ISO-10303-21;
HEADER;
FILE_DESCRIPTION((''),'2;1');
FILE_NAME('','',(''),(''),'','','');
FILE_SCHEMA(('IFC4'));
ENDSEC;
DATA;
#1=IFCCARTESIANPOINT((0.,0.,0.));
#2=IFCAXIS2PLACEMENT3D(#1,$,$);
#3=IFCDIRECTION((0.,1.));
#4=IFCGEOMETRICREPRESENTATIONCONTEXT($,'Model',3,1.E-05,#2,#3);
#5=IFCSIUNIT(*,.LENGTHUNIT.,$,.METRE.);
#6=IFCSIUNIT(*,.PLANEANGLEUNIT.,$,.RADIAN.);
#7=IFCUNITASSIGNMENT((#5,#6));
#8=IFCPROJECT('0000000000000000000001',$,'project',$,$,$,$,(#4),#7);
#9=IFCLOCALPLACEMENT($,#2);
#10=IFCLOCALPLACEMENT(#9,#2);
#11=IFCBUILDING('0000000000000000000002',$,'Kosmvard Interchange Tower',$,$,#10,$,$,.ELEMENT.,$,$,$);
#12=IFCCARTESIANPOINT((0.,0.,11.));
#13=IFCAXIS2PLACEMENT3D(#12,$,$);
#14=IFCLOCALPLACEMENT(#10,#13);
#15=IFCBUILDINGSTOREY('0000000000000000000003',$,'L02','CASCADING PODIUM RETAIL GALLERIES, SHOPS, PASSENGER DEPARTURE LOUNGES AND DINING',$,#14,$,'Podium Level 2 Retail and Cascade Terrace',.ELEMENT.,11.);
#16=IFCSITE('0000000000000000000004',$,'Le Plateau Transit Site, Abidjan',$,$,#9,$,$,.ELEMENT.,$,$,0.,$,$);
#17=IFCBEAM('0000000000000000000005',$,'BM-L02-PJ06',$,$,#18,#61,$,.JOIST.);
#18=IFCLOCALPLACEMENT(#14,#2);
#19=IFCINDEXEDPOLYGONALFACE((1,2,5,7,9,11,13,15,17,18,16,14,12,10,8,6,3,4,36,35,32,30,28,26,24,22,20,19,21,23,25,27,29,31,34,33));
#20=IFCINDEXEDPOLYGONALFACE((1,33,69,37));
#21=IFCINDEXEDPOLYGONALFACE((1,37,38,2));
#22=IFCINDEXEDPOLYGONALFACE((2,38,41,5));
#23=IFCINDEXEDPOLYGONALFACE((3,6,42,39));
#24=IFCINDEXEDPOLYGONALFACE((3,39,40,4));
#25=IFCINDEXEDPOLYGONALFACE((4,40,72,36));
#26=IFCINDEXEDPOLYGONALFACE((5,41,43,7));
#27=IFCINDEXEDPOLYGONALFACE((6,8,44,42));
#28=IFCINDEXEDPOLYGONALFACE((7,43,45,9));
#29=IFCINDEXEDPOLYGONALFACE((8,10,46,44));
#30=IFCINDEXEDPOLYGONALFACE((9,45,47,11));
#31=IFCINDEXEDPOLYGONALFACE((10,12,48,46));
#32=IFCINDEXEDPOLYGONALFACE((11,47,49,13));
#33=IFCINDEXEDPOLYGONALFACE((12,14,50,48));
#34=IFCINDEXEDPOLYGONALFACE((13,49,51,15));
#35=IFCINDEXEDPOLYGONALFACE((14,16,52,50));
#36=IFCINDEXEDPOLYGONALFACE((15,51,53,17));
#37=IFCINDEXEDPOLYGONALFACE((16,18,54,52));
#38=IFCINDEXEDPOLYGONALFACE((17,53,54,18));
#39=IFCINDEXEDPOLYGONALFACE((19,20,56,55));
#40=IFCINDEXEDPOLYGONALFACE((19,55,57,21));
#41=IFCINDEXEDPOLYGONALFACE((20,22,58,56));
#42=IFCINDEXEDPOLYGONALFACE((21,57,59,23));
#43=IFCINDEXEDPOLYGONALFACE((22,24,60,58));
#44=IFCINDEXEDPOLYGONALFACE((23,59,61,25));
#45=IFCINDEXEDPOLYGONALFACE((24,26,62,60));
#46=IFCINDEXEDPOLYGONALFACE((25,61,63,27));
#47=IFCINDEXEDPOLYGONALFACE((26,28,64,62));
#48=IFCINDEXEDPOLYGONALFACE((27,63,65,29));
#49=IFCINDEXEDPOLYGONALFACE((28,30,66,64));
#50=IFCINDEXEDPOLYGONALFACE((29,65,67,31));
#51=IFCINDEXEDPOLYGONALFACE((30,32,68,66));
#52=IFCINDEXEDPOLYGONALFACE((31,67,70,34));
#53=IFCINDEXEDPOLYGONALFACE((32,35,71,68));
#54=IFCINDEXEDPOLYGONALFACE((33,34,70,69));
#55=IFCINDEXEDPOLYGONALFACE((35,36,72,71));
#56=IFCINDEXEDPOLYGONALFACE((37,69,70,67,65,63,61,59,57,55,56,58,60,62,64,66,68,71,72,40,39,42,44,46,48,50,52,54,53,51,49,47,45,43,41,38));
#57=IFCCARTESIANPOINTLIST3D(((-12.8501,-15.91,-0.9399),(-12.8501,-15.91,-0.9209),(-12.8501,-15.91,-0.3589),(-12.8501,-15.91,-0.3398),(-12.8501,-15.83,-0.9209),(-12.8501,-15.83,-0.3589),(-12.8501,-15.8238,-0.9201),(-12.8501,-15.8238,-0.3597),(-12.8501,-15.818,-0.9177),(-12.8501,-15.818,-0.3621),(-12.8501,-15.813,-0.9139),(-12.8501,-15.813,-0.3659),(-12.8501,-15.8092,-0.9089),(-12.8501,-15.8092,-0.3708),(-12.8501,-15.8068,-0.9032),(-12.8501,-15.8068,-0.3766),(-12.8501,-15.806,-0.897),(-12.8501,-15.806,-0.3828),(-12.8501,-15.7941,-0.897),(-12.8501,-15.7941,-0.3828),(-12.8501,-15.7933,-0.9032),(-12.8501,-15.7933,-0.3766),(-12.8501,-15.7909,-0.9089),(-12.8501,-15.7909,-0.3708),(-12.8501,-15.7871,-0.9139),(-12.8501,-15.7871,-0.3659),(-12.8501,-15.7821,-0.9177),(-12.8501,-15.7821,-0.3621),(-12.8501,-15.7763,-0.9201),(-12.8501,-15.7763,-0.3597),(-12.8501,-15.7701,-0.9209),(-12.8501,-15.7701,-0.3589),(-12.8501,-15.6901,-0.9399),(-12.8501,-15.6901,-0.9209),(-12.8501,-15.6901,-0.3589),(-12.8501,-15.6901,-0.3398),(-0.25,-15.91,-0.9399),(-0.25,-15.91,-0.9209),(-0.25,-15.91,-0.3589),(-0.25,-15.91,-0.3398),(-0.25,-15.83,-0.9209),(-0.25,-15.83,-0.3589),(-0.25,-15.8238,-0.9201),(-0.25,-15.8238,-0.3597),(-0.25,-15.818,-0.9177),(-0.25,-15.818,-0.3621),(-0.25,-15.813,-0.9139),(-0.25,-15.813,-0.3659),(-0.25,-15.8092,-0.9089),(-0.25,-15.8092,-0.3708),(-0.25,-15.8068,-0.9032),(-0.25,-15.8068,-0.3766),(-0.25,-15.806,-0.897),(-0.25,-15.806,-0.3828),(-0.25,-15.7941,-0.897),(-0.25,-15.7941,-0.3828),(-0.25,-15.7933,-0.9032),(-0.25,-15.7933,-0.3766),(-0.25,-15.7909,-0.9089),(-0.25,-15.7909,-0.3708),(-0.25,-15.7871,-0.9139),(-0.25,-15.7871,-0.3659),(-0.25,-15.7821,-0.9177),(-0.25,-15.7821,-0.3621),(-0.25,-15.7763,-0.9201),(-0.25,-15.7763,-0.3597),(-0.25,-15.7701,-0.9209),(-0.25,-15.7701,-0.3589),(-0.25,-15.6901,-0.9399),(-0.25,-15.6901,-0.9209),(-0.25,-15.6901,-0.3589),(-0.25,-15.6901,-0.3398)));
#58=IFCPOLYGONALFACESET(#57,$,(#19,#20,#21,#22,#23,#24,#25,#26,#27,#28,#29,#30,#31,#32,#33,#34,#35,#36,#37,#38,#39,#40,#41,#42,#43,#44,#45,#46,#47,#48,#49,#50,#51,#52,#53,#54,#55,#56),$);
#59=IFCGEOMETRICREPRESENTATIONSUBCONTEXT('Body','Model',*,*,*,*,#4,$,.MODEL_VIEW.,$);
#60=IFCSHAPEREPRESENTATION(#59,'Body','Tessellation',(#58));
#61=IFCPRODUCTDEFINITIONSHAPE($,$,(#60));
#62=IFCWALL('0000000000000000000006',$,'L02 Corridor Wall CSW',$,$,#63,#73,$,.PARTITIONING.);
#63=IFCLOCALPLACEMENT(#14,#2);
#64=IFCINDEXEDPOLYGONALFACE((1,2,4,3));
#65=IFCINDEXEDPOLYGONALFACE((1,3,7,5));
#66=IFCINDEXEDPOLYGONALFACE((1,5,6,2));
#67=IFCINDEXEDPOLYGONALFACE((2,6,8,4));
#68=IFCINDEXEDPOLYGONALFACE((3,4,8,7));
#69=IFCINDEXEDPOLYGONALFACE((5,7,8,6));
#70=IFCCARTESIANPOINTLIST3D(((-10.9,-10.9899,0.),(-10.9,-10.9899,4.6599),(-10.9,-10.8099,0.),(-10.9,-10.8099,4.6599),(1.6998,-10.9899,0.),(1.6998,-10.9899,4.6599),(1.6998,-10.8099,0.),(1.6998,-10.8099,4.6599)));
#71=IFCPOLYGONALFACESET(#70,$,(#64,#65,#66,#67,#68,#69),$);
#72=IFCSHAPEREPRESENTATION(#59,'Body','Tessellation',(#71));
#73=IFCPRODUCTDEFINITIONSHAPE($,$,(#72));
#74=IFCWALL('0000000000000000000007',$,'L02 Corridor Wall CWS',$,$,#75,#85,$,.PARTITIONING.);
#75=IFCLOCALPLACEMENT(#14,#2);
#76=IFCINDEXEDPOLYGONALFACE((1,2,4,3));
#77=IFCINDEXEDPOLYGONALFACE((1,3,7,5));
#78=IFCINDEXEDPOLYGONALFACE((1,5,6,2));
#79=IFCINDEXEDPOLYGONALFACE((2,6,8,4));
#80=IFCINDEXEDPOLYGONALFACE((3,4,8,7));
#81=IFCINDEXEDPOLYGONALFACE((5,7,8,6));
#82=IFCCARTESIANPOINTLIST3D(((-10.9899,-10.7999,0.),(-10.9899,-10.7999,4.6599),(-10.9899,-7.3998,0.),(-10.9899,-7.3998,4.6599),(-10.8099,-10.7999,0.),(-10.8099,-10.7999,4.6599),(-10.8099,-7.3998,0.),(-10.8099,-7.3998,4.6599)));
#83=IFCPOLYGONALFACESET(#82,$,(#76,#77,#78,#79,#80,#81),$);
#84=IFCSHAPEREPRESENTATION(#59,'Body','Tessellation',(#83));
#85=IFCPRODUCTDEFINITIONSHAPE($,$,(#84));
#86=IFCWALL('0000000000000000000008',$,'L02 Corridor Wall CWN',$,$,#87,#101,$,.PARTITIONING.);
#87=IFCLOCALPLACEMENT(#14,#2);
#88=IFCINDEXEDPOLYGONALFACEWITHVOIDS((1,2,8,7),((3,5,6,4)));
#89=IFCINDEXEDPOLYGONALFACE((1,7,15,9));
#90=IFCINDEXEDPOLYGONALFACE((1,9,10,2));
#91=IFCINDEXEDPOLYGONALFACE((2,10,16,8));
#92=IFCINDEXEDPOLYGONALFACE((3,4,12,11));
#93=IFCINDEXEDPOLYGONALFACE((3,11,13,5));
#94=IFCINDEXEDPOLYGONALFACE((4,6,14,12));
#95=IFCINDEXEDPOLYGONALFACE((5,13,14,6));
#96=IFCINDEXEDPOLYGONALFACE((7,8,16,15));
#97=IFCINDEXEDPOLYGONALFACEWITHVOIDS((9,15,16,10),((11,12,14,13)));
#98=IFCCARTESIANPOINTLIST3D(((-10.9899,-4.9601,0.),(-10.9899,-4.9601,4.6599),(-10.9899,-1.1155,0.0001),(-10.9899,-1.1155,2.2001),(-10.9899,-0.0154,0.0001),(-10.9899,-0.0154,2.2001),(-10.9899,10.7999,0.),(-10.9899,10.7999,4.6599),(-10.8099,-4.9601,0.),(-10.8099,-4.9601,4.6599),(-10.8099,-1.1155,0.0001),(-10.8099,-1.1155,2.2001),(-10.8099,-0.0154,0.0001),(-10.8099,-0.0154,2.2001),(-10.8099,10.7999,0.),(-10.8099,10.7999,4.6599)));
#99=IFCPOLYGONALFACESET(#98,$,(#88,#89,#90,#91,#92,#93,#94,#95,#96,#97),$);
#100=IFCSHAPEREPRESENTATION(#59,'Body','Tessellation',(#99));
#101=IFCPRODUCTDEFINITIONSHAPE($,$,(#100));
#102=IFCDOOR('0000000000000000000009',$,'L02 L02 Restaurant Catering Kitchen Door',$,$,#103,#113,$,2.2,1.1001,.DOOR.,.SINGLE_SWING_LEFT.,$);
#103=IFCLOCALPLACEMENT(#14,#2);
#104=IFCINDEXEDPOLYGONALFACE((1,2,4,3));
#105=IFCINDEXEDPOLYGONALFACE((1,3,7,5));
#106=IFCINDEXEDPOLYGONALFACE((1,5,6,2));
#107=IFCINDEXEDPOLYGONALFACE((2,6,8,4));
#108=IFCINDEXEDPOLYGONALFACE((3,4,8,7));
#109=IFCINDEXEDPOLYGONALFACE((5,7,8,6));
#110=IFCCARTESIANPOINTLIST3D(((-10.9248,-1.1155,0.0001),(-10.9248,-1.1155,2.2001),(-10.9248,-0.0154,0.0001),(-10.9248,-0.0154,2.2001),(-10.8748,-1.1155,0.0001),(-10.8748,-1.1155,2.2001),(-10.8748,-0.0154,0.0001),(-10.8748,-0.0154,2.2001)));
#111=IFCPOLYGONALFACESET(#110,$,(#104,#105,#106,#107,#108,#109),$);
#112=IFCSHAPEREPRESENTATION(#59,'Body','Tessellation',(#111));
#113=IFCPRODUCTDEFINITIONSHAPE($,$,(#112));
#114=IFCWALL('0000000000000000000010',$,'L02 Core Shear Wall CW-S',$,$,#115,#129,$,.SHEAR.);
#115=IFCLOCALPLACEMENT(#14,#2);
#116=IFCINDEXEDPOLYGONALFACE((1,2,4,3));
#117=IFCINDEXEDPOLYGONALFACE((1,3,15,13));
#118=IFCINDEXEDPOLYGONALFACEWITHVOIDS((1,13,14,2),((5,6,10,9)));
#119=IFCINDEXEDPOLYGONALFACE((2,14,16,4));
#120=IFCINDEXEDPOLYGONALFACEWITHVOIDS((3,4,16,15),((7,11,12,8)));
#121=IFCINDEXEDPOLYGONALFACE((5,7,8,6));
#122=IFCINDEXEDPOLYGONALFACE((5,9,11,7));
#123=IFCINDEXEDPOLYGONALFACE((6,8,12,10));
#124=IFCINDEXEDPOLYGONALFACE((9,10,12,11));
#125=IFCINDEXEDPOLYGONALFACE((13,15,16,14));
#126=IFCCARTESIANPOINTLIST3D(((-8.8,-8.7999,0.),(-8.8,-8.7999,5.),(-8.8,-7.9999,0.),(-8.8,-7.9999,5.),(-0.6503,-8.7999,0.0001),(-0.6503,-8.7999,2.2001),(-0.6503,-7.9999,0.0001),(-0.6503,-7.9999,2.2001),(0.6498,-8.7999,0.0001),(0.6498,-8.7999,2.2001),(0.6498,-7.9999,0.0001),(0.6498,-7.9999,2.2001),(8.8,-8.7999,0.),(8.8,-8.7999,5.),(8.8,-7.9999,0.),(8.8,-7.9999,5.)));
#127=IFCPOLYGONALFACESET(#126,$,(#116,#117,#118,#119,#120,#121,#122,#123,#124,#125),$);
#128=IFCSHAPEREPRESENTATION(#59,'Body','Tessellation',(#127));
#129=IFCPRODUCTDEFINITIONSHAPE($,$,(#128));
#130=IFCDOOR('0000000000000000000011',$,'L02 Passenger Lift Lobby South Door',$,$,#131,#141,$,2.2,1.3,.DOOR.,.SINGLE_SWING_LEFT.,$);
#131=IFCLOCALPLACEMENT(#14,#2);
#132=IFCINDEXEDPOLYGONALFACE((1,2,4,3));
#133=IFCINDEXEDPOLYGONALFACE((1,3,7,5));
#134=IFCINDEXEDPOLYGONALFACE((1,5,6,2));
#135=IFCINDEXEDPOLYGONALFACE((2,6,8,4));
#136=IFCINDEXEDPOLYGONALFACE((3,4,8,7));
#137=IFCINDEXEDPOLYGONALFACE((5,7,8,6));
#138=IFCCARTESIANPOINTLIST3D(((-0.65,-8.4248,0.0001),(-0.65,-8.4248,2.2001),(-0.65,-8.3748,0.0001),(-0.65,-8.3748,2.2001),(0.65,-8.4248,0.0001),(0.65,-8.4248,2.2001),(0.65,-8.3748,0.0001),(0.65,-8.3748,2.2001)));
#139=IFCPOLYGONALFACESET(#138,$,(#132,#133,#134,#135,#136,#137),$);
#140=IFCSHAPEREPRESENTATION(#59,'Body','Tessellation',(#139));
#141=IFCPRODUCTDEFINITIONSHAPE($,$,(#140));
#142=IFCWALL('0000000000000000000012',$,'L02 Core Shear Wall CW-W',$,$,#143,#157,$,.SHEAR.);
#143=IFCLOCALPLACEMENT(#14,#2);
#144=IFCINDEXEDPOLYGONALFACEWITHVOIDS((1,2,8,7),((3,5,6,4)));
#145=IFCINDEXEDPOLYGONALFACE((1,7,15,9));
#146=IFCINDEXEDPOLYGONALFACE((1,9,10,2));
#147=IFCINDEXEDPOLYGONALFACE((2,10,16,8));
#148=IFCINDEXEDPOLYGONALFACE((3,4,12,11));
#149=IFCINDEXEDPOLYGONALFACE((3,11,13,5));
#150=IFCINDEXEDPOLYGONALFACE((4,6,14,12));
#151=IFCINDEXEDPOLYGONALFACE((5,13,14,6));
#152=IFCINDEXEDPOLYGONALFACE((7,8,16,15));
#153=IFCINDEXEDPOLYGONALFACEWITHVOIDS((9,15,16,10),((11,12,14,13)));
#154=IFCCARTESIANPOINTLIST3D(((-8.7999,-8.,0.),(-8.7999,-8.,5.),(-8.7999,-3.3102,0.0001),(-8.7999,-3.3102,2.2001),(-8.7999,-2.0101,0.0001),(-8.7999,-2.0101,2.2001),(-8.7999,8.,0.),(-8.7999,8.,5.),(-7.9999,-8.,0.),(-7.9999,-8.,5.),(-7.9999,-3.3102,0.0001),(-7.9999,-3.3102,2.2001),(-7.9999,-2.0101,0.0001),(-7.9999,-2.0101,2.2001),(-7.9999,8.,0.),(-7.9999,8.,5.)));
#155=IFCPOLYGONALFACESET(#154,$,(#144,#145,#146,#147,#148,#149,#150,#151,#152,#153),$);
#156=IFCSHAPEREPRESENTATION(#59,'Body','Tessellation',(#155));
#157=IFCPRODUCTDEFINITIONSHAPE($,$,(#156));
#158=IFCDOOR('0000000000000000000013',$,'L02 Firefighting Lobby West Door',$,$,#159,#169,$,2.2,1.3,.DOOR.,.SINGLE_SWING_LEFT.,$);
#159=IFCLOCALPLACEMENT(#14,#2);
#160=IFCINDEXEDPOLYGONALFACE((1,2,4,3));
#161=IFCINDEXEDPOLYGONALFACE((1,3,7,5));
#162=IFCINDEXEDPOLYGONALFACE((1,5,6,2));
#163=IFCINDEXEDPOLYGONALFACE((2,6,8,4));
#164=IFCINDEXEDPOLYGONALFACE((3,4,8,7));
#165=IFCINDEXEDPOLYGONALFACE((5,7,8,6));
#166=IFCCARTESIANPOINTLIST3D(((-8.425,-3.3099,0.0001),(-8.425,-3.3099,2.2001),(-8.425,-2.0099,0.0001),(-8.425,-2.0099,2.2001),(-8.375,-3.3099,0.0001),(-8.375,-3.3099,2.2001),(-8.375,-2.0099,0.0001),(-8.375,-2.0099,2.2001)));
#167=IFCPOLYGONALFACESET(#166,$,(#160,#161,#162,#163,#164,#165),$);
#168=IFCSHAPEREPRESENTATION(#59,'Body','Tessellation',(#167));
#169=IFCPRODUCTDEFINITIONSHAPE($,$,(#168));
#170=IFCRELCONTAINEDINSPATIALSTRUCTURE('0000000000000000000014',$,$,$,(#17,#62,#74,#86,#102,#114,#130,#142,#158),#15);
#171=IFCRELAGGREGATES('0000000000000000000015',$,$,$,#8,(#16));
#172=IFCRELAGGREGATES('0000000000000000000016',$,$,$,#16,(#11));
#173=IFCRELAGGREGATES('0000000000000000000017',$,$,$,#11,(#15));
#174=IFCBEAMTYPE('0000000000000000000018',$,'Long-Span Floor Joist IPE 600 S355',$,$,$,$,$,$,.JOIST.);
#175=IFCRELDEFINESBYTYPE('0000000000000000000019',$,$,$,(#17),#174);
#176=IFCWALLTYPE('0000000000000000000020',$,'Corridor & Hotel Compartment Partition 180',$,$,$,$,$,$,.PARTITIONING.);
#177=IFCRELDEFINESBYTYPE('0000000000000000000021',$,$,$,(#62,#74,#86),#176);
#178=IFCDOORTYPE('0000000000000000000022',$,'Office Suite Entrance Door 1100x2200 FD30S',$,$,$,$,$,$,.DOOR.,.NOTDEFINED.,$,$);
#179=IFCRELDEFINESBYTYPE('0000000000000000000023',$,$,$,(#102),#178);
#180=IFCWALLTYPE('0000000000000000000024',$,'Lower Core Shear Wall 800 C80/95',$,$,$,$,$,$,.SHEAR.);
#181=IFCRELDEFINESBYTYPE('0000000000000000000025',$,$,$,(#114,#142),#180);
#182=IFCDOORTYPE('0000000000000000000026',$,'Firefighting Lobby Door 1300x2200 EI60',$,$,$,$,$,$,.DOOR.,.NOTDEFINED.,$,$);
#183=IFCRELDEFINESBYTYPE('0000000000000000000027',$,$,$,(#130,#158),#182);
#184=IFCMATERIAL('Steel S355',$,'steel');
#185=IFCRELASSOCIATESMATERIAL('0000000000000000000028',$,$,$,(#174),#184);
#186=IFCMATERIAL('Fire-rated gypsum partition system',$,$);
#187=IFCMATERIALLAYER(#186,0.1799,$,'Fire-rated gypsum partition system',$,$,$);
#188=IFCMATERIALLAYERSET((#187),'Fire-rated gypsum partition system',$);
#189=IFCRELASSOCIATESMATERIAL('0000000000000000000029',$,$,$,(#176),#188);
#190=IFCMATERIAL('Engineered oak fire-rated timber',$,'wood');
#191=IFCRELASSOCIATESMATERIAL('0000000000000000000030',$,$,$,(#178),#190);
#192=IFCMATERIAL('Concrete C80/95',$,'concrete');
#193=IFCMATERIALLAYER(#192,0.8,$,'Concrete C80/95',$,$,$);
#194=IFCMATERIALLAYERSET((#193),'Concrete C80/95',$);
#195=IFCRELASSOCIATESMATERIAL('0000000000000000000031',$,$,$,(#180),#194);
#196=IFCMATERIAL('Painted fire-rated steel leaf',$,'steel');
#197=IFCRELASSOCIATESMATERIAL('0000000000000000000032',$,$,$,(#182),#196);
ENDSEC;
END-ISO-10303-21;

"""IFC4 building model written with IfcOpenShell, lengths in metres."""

from ifc_helpers import new_model, si_unit, direction, frame, frame_2d, origin, origin_2d, place, context, subcontext, project, spatial, rectangle, i_section, extrude, source, transform, mapped, material, layer, layer_set, material_profile, profile_set, type_object, element, fill, save


model = new_model("IFC4")

# Units and contexts
model_context = context("Model", 3, precision=1e-05, world=origin(), true_north=direction((0.0, 1.0)))
body_context = subcontext(model_context, "Body", "Model", "MODEL_VIEW")
ifc_project = project(units=[si_unit("LENGTHUNIT", "METRE"), si_unit("PLANEANGLEUNIT", "RADIAN")], contexts=[model_context])

# Site, building, storey
site_placement = place(None, origin())
site = spatial("IfcSite", under=ifc_project, at=site_placement, Name="Le Plateau Transit Site, Abidjan", CompositionType="ELEMENT", RefElevation=0.0)
building_placement = place(site_placement, origin())
building = spatial("IfcBuilding", under=site, at=building_placement, Name="Kosmvard Interchange Tower", CompositionType="ELEMENT")
storey_placement = place(building_placement, frame((0.0, 0.0, 11.0)))
storey = spatial("IfcBuildingStorey", under=building, at=storey_placement, Name="L02", Description="CASCADING PODIUM RETAIL GALLERIES, SHOPS, PASSENGER DEPARTURE LOUNGES AND DINING", LongName="Podium Level 2 Retail and Cascade Terrace", CompositionType="ELEMENT", Elevation=11.0)

# Shared definitions
ifc_material_1 = material(Name="Concrete C80/95", Category="concrete")

# Beam
ifc_material_2 = material(Name="Steel S355", Category="steel")
ifc_material_profile_1 = material_profile(ifc_material_2, i_section(OverallWidth=0.22, OverallDepth=0.6001, WebThickness=0.012, FlangeThickness=0.019, FilletRadius=0.0239, at=origin_2d()), Name="IPE 600")
ifc_profile_set_1 = profile_set([ifc_material_profile_1], Name="Steel S355")
beam_type_1 = type_object("IfcBeamType", Name="Long-Span Floor Joist IPE 600 S355", PredefinedType="JOIST", material=ifc_profile_set_1)
shared_shape_1 = source(origin(), body_context, "Body", "SweptSolid", [
    extrude(i_section(OverallWidth=0.22, OverallDepth=0.6001, WebThickness=0.012, FlangeThickness=0.019, FilletRadius=0.0239, at=origin_2d()), origin(), (0.0, 0.0, 1.0), 12.6001),
])
beam_1_placement = place(storey_placement, frame((-12.8501, -15.8, -0.6399), z_axis=(1.0, 0.0, 0.0), x_axis=(0.0, 1.0, 0.0)))
element("IfcBeam", 1, at=beam_1_placement, inside=storey, type_object=beam_type_1, Name="BM-L02-PJ06", PredefinedType="JOIST", context=body_context, shape_type="MappedRepresentation", body=[
    mapped(shared_shape_1, transform((0.0, 0.0, 0.0), scale=1.0)),
])

# Walls
ifc_material_3 = material(Name="Fire-rated gypsum partition system")
ifc_layer_1 = layer(ifc_material_3, 0.1799, Name="Fire-rated gypsum partition system")
ifc_layer_set_1 = layer_set([ifc_layer_1], Name="Fire-rated gypsum partition system")
wall_type_1 = type_object("IfcWallType", Name="Corridor & Hotel Compartment Partition 180", PredefinedType="PARTITIONING", material=ifc_layer_set_1)
wall_1_placement = place(storey_placement, frame((-10.8999, -10.8999, 0.0), z_axis=(0.0, 0.0, 1.0), x_axis=(1.0, 0.0, 0.0)))
element("IfcWall", 2, at=wall_1_placement, inside=storey, type_object=wall_type_1, Name="L02 Corridor Wall CSW", PredefinedType="PARTITIONING", context=body_context, shape_type="SweptSolid", body=[
    extrude(rectangle(XDim=12.5999, YDim=0.1799, at=frame_2d((6.2998, 0.0))), origin(), (0.0, 0.0, 1.0), 4.6599),
])
wall_2_placement = place(storey_placement, frame((-10.8999, -10.8, 0.0), z_axis=(0.0, 0.0, 1.0), x_axis=(0.0, 1.0, 0.0)))
element("IfcWall", 3, at=wall_2_placement, inside=storey, type_object=wall_type_1, Name="L02 Corridor Wall CWS", PredefinedType="PARTITIONING", context=body_context, shape_type="SweptSolid", body=[
    extrude(rectangle(XDim=3.4001, YDim=0.1799, at=frame_2d((1.7002, 0.0))), origin(), (0.0, 0.0, 1.0), 4.6599),
])

# Walls, openings, doors
wall_3_placement = place(storey_placement, frame((-10.8999, -4.96, 0.0), z_axis=(0.0, 0.0, 1.0), x_axis=(0.0, 1.0, 0.0)))
wall_3 = element("IfcWall", 4, at=wall_3_placement, inside=storey, type_object=wall_type_1, Name="L02 Corridor Wall CWN", PredefinedType="PARTITIONING", context=body_context, shape_type="SweptSolid", body=[
    extrude(rectangle(XDim=15.76, YDim=0.1799, at=frame_2d((7.8799, 0.0))), origin(), (0.0, 0.0, 1.0), 4.6599),
])
opening_1_placement = place(wall_3_placement, frame((3.8445, 0.0, 0.0)))
opening_1 = element("IfcOpeningElement", 5, at=opening_1_placement, cuts=wall_3, PredefinedType="OPENING", context=body_context, shape_type="SweptSolid", body=[
    extrude(rectangle(XDim=1.1001, YDim=2.2, at=frame_2d((0.55, 1.1001))), frame((0.0, 0.1001, 0.0), z_axis=(0.0, -1.0, 0.0), x_axis=(1.0, 0.0, 0.0)), (0.0, 0.0, 1.0), 0.2),
])
ifc_material_4 = material(Name="Engineered oak fire-rated timber", Category="wood")
door_type_1 = type_object("IfcDoorType", Name="Office Suite Entrance Door 1100x2200 FD30S", OperationType="NOTDEFINED", PredefinedType="DOOR", material=ifc_material_4)
shared_shape_2 = source(origin(), body_context, "Body", "SweptSolid", [
    extrude(rectangle(XDim=1.1001, YDim=2.2, at=frame_2d((0.55, 1.1001))), frame((0.0, 0.0249, 0.0), z_axis=(0.0, -1.0, 0.0), x_axis=(1.0, 0.0, 0.0)), (0.0, 0.0, 1.0), 0.05),
])
door_1_placement = place(opening_1_placement, origin())
door_1 = element("IfcDoor", 6, at=door_1_placement, inside=storey, type_object=door_type_1, Name="L02 L02 Restaurant Catering Kitchen Door", OperationType="SINGLE_SWING_LEFT", OverallHeight=2.2, OverallWidth=1.1001, PredefinedType="DOOR", context=body_context, shape_type="MappedRepresentation", body=[
    mapped(shared_shape_2, transform((0.0, 0.0, 0.0), scale=1.0)),
])
fill(opening_1, door_1)
ifc_layer_2 = layer(ifc_material_1, 0.8, Name="Concrete C80/95")
ifc_layer_set_2 = layer_set([ifc_layer_2], Name="Concrete C80/95")
wall_type_2 = type_object("IfcWallType", Name="Lower Core Shear Wall 800 C80/95", PredefinedType="SHEAR", material=ifc_layer_set_2)
wall_4_placement = place(storey_placement, frame((-8.8, -8.3999, 0.0), z_axis=(0.0, 0.0, 1.0), x_axis=(1.0, 0.0, 0.0)))
wall_4 = element("IfcWall", 7, at=wall_4_placement, inside=storey, type_object=wall_type_2, Name="L02 Core Shear Wall CW-S", PredefinedType="SHEAR", context=body_context, shape_type="SweptSolid", body=[
    extrude(rectangle(XDim=17.6001, YDim=0.8, at=frame_2d((8.8, 0.0))), origin(), (0.0, 0.0, 1.0), 5.0),
])
opening_2_placement = place(wall_4_placement, frame((8.1499, 0.0, 0.0)))
opening_2 = element("IfcOpeningElement", 8, at=opening_2_placement, cuts=wall_4, PredefinedType="OPENING", context=body_context, shape_type="SweptSolid", body=[
    extrude(rectangle(XDim=1.3, YDim=2.2, at=frame_2d((0.6499, 1.1001))), frame((0.0, 0.4102, 0.0), z_axis=(0.0, -1.0, 0.0), x_axis=(1.0, 0.0, 0.0)), (0.0, 0.0, 1.0), 0.8201),
])
ifc_material_5 = material(Name="Painted fire-rated steel leaf", Category="steel")
door_type_2 = type_object("IfcDoorType", Name="Firefighting Lobby Door 1300x2200 EI60", OperationType="NOTDEFINED", PredefinedType="DOOR", material=ifc_material_5)
shared_shape_3 = source(origin(), body_context, "Body", "SweptSolid", [
    extrude(rectangle(XDim=1.3, YDim=2.2, at=frame_2d((0.6499, 1.1001))), frame((0.0, 0.0249, 0.0), z_axis=(0.0, -1.0, 0.0), x_axis=(1.0, 0.0, 0.0)), (0.0, 0.0, 1.0), 0.05),
])
door_2_placement = place(opening_2_placement, frame((1.3, 0.0, 0.0), z_axis=(0.0, 0.0, 1.0), x_axis=(-1.0, 0.0, 0.0)))
door_2 = element("IfcDoor", 9, at=door_2_placement, inside=storey, type_object=door_type_2, Name="L02 Passenger Lift Lobby South Door", OperationType="SINGLE_SWING_LEFT", OverallHeight=2.2, OverallWidth=1.3, PredefinedType="DOOR", context=body_context, shape_type="MappedRepresentation", body=[
    mapped(shared_shape_3, transform((0.0, 0.0, 0.0), scale=1.0)),
])
fill(opening_2, door_2)
wall_5_placement = place(storey_placement, frame((-8.3999, -8.0, 0.0), z_axis=(0.0, 0.0, 1.0), x_axis=(0.0, 1.0, 0.0)))
wall_5 = element("IfcWall", 10, at=wall_5_placement, inside=storey, type_object=wall_type_2, Name="L02 Core Shear Wall CW-W", PredefinedType="SHEAR", context=body_context, shape_type="SweptSolid", body=[
    extrude(rectangle(XDim=16.0, YDim=0.8, at=frame_2d((8.0, 0.0))), origin(), (0.0, 0.0, 1.0), 5.0),
])
opening_3_placement = place(wall_5_placement, frame((4.6899, 0.0, 0.0)))
opening_3 = element("IfcOpeningElement", 11, at=opening_3_placement, cuts=wall_5, PredefinedType="OPENING", context=body_context, shape_type="SweptSolid", body=[
    extrude(rectangle(XDim=1.3, YDim=2.2, at=frame_2d((0.6499, 1.1001))), frame((0.0, 0.4102, 0.0), z_axis=(0.0, -1.0, 0.0), x_axis=(1.0, 0.0, 0.0)), (0.0, 0.0, 1.0), 0.8201),
])
door_3_placement = place(opening_3_placement, frame((1.3, 0.0, 0.0), z_axis=(0.0, 0.0, 1.0), x_axis=(-1.0, 0.0, 0.0)))
door_3 = element("IfcDoor", 12, at=door_3_placement, inside=storey, type_object=door_type_2, Name="L02 Firefighting Lobby West Door", OperationType="SINGLE_SWING_LEFT", OverallHeight=2.2, OverallWidth=1.3, PredefinedType="DOOR", context=body_context, shape_type="MappedRepresentation", body=[
    mapped(shared_shape_3, transform((0.0, 0.0, 0.0), scale=1.0)),
])
fill(opening_3, door_3)

save(model, "model.ifc")
